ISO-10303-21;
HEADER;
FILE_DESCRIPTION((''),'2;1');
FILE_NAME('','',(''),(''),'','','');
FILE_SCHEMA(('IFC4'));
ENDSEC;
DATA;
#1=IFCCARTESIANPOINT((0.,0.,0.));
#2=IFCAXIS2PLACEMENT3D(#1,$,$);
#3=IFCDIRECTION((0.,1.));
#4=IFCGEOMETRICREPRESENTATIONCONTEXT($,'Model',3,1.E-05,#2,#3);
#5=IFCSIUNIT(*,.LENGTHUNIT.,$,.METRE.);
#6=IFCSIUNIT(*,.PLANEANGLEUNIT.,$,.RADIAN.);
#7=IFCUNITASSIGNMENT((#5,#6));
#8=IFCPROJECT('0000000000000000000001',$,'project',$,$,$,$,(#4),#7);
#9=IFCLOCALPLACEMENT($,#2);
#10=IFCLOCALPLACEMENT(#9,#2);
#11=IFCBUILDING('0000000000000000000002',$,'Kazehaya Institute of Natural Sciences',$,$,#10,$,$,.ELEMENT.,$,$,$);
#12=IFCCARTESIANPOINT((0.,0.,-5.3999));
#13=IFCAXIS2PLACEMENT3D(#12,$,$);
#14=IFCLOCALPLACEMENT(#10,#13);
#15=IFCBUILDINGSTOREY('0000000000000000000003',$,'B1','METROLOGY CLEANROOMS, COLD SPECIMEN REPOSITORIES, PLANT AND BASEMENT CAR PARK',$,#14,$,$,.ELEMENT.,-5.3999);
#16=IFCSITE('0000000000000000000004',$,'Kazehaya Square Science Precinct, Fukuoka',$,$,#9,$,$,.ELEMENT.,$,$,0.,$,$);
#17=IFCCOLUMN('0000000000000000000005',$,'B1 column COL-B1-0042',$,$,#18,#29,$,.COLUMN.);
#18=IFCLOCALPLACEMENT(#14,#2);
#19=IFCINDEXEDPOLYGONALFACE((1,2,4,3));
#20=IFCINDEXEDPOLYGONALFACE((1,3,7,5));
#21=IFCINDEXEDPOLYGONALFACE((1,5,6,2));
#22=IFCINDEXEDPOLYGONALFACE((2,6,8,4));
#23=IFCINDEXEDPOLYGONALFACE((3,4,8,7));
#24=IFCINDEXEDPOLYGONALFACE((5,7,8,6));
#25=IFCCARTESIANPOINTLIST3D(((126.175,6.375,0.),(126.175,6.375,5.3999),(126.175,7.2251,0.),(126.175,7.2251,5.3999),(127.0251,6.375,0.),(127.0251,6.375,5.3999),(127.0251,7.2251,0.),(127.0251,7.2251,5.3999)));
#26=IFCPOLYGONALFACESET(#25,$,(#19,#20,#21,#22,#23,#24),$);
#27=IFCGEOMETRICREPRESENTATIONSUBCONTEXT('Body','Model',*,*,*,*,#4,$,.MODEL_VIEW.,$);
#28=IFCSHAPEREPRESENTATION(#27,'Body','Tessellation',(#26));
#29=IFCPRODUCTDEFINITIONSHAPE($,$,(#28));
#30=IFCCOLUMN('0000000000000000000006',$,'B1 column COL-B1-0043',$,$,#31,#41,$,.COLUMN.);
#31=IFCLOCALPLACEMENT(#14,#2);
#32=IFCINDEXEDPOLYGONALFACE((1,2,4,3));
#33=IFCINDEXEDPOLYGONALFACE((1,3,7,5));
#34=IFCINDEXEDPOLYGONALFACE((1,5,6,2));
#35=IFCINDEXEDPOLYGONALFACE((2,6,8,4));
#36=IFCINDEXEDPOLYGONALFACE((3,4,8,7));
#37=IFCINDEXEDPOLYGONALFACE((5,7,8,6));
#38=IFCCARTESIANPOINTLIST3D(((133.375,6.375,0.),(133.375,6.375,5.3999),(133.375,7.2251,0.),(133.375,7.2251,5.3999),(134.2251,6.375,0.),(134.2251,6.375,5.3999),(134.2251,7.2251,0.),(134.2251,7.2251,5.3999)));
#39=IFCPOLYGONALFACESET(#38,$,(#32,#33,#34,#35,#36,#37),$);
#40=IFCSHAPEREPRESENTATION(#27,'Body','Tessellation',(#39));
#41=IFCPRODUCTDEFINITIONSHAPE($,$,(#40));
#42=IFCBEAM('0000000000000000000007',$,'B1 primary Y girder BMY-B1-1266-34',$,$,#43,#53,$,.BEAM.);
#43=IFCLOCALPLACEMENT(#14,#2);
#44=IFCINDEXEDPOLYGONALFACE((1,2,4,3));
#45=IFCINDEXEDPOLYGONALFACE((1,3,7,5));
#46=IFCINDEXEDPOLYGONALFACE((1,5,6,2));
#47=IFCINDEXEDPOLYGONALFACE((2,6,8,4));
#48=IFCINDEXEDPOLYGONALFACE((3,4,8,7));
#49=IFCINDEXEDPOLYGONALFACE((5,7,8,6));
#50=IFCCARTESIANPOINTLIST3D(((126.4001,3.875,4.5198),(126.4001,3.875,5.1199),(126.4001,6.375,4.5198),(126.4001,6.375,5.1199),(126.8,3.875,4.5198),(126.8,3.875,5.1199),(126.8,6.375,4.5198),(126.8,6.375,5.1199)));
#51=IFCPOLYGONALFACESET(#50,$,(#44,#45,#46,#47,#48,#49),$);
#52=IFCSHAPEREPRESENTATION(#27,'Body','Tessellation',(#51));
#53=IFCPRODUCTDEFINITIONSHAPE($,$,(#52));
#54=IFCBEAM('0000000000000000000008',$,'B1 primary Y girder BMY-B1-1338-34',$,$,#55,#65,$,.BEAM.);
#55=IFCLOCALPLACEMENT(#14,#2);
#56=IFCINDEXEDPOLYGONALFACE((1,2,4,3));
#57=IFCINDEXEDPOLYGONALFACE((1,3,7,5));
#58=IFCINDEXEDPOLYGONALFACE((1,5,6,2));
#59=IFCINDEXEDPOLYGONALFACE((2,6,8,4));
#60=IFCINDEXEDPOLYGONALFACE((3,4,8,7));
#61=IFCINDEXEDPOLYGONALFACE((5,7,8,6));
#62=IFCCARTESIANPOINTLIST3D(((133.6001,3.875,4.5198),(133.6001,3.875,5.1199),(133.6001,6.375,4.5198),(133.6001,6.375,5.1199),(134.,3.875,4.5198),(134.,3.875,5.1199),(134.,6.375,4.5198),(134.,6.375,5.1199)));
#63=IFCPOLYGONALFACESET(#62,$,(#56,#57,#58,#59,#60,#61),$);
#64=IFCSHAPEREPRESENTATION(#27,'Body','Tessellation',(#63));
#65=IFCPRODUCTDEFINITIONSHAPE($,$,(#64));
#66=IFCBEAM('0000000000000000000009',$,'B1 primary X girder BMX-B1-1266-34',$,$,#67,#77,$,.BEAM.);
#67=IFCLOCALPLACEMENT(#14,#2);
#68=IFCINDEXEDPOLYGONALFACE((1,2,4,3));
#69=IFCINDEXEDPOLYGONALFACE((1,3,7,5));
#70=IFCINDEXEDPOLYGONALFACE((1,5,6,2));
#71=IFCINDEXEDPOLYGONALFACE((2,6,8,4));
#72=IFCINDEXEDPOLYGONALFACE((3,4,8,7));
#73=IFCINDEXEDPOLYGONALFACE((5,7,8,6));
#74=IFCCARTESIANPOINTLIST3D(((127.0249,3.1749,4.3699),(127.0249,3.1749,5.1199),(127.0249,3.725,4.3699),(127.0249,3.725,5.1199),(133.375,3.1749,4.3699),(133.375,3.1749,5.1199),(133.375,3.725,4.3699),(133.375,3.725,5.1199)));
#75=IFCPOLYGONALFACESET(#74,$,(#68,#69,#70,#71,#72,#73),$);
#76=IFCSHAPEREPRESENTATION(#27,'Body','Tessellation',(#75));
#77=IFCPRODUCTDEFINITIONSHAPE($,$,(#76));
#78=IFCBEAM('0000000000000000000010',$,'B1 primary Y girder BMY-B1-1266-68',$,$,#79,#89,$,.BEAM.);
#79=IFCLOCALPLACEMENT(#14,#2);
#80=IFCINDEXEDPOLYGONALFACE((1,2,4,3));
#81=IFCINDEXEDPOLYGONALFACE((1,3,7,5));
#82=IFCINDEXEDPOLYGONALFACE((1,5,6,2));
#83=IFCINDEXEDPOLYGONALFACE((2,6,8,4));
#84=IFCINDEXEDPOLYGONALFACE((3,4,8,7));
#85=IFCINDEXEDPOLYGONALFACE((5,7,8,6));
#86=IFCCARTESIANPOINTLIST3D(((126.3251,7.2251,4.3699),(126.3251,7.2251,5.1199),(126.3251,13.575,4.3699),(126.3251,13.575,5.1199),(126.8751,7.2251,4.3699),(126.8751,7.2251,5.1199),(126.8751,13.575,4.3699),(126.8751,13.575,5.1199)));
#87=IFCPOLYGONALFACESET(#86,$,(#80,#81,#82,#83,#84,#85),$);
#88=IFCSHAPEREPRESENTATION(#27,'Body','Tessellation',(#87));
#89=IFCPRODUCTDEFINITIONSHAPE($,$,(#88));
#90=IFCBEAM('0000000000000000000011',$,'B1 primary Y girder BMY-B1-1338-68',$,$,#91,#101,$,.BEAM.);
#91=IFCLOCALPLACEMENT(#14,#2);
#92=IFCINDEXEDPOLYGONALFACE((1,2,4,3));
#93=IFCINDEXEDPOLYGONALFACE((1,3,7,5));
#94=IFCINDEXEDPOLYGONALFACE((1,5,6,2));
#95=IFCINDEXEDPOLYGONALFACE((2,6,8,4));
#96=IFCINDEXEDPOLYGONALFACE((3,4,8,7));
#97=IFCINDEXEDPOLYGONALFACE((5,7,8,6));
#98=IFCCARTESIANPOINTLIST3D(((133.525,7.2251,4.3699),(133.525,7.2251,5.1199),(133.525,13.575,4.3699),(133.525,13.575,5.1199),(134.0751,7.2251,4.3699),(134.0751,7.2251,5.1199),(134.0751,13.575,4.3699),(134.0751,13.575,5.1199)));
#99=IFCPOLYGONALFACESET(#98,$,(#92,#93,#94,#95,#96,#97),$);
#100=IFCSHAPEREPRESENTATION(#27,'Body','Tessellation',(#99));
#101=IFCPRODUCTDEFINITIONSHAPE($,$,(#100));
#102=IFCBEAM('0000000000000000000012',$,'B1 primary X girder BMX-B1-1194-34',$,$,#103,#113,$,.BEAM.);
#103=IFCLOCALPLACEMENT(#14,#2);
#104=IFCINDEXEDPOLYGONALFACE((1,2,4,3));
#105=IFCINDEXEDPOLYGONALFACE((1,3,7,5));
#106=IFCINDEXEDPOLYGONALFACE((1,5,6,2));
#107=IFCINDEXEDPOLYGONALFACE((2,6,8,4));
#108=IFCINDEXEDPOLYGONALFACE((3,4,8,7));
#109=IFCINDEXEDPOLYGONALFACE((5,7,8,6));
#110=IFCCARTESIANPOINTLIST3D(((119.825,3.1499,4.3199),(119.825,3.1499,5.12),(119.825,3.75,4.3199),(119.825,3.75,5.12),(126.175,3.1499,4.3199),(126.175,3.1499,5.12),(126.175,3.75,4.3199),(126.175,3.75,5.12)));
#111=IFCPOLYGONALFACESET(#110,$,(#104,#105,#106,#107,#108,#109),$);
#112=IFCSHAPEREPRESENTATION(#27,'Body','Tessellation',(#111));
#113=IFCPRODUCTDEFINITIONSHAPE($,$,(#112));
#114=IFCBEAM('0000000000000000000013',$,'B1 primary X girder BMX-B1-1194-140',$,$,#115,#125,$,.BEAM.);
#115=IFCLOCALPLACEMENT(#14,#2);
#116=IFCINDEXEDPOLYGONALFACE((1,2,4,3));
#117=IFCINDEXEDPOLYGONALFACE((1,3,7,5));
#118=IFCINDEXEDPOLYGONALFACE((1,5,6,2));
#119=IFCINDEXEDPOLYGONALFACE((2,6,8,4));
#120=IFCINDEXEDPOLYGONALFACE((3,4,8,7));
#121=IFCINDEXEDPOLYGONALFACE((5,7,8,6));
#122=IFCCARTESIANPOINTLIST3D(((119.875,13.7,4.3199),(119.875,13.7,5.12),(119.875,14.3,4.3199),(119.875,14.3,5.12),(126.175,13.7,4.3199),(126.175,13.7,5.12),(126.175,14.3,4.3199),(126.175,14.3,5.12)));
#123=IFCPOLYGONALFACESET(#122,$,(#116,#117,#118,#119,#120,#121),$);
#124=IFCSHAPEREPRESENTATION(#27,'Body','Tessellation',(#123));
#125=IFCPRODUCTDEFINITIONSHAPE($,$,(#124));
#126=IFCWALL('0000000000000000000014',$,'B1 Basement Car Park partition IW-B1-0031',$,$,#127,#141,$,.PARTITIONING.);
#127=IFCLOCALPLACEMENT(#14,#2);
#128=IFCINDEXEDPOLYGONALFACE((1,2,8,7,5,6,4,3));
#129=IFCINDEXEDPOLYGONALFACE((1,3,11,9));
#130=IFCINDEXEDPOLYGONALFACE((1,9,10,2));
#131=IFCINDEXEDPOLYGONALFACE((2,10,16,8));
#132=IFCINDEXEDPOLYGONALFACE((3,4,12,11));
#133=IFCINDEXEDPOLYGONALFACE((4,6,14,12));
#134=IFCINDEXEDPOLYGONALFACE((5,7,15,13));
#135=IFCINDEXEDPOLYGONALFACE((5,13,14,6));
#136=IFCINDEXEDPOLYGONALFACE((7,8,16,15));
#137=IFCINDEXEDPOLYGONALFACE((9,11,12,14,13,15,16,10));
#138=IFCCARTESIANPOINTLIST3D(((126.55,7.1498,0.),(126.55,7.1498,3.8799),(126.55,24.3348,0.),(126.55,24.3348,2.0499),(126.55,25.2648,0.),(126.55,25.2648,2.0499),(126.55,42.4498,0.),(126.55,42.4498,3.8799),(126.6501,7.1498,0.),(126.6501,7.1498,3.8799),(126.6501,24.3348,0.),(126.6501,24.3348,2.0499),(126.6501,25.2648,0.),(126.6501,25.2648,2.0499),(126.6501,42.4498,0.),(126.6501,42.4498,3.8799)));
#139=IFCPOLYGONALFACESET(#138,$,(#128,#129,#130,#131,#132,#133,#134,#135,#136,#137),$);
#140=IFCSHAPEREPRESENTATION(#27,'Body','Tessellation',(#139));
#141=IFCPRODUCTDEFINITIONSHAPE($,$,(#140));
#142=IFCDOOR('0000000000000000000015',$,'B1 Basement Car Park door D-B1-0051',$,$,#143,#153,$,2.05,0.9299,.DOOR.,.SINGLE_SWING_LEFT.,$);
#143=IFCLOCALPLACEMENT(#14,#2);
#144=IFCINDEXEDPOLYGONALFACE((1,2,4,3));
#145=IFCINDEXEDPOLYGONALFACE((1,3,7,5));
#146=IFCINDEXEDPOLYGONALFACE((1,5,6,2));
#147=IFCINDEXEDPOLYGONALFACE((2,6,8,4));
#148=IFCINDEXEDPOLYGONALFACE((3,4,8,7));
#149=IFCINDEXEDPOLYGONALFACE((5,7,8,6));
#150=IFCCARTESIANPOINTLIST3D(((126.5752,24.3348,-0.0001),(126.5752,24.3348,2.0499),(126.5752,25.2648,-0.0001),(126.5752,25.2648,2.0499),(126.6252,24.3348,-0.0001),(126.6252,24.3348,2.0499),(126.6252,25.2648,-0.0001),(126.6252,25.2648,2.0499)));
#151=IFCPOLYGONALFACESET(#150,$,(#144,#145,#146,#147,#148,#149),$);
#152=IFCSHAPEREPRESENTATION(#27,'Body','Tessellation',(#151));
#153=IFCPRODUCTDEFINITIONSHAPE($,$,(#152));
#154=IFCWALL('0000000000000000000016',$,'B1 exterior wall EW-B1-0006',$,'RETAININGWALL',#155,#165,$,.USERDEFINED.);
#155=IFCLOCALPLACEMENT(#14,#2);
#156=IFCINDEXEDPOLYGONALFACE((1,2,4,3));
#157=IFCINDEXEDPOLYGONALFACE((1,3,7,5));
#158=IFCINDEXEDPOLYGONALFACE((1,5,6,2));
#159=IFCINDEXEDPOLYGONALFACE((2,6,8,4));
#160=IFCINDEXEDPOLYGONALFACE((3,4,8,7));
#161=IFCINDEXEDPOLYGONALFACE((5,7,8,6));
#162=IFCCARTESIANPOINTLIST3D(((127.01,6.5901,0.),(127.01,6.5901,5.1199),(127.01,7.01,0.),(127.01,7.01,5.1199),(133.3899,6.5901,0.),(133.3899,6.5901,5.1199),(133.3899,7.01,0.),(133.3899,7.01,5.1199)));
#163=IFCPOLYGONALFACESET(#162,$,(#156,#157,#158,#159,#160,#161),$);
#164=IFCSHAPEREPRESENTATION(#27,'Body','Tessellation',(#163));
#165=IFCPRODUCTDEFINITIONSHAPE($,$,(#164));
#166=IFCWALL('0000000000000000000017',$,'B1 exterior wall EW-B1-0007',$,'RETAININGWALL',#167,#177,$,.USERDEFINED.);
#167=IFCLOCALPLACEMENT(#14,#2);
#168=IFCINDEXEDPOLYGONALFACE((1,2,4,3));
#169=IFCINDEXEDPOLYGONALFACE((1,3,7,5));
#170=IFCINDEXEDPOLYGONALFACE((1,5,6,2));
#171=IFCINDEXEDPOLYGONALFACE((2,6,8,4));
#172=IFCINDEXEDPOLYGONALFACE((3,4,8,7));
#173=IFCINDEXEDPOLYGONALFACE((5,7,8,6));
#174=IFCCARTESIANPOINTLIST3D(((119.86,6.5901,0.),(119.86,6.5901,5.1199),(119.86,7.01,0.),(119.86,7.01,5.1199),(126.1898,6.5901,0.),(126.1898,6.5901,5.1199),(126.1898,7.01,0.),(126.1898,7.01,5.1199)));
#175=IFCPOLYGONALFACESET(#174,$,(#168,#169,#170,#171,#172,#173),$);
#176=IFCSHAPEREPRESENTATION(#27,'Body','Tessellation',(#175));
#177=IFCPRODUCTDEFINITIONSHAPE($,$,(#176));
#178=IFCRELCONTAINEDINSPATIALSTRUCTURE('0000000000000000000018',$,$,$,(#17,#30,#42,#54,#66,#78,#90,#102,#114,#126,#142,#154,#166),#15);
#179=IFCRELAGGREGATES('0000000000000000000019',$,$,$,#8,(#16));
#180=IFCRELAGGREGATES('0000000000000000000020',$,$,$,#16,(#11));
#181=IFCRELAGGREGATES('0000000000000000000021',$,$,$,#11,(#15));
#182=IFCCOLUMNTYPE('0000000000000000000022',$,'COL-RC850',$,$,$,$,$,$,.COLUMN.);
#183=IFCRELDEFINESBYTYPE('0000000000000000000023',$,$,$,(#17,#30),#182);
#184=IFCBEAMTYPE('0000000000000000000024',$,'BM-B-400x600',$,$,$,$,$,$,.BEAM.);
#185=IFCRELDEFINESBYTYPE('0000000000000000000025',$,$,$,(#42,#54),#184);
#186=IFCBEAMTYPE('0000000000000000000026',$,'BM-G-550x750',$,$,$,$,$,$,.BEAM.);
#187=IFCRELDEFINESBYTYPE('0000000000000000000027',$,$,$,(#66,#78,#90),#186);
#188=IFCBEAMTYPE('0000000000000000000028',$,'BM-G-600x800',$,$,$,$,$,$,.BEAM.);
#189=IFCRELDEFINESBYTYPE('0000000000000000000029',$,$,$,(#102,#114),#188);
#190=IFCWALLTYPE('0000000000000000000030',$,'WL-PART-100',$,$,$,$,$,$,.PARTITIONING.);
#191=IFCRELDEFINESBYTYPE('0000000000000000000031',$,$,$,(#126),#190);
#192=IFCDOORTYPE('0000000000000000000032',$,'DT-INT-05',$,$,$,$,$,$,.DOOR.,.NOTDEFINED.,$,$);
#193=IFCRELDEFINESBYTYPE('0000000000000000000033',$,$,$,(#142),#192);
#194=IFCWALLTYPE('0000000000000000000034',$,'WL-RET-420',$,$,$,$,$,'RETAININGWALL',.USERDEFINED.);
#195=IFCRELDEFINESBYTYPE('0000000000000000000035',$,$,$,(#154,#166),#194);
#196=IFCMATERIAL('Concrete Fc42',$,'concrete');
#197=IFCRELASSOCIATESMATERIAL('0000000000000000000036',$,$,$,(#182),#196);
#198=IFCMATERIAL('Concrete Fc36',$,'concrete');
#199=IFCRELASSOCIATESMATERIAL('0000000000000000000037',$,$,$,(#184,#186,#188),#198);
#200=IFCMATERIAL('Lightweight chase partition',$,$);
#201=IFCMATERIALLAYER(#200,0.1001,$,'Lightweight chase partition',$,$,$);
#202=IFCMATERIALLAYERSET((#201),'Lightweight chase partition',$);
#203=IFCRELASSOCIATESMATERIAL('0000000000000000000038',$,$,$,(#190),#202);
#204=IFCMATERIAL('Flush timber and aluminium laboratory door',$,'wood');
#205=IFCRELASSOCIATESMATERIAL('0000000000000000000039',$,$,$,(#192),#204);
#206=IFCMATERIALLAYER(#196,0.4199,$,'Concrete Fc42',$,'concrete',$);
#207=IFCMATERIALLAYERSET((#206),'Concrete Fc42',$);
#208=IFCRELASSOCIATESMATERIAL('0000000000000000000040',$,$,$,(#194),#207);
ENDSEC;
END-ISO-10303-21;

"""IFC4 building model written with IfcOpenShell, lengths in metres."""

from ifc_helpers import new_model, si_unit, direction, frame, frame_2d, origin, origin_2d, place, context, subcontext, project, spatial, rectangle, extrude, material, layer, layer_set, material_profile, profile_set, type_object, element, fill, save


model = new_model("IFC4")

# Units and contexts
model_context = context("Model", 3, precision=1e-05, world=origin(), true_north=direction((0.0, 1.0)))
body_context = subcontext(model_context, "Body", "Model", "MODEL_VIEW")
ifc_project = project(units=[si_unit("LENGTHUNIT", "METRE"), si_unit("PLANEANGLEUNIT", "RADIAN")], contexts=[model_context])

# Site, building, storey
site_placement = place(None, origin())
site = spatial("IfcSite", under=ifc_project, at=site_placement, Name="Kazehaya Square Science Precinct, Fukuoka", CompositionType="ELEMENT", RefElevation=0.0)
building_placement = place(site_placement, origin())
building = spatial("IfcBuilding", under=site, at=building_placement, Name="Kazehaya Institute of Natural Sciences", CompositionType="ELEMENT")
storey_placement = place(building_placement, frame((0.0, 0.0, -5.3999)))
storey = spatial("IfcBuildingStorey", under=building, at=storey_placement, Name="B1", Description="METROLOGY CLEANROOMS, COLD SPECIMEN REPOSITORIES, PLANT AND BASEMENT CAR PARK", CompositionType="ELEMENT", Elevation=-5.3999)

# Shared definitions
ifc_material_1 = material(Name="Concrete Fc36", Category="concrete")

# Columns
ifc_material_2 = material(Name="Concrete Fc42", Category="concrete")
ifc_material_profile_1 = material_profile(ifc_material_2, rectangle(XDim=0.8501, YDim=0.8501, at=origin_2d()), Name="RC-850x850")
ifc_profile_set_1 = profile_set([ifc_material_profile_1], Name="Concrete Fc42")
column_type = type_object("IfcColumnType", Name="COL-RC850", PredefinedType="COLUMN", material=ifc_profile_set_1)
for number, where, z_axis, x_axis, name in (
    (1, (126.6001, 6.8, 0.0), (0.0, 0.0, 1.0), (1.0, 0.0, 0.0), "B1 column COL-B1-0042"),
    (2, (133.8, 6.8, 0.0), (0.0, 0.0, 1.0), (1.0, 0.0, 0.0), "B1 column COL-B1-0043"),
):
    element("IfcColumn", number, at=place(storey_placement, frame(where, z_axis=z_axis, x_axis=x_axis)), inside=storey, type_object=column_type, Name=name, PredefinedType="COLUMN", context=body_context, shape_type="SweptSolid", body=[
        extrude(rectangle(XDim=0.8501, YDim=0.8501, at=origin_2d()), origin(), (0.0, 0.0, 1.0), 5.3999),
    ])

# Beams
ifc_material_profile_2 = material_profile(ifc_material_1, rectangle(XDim=0.3999, YDim=0.6001, at=origin_2d()), Name="RC-400x600")
ifc_profile_set_2 = profile_set([ifc_material_profile_2], Name="Concrete Fc36")
beam_type_1 = type_object("IfcBeamType", Name="BM-B-400x600", PredefinedType="BEAM", material=ifc_profile_set_2)
for number, where, z_axis, x_axis, name in (
    (3, (126.6001, 3.875, 4.8198), (0.0, 1.0, 0.0), (-1.0, 0.0, 0.0), "B1 primary Y girder BMY-B1-1266-34"),
    (4, (133.8, 3.875, 4.8198), (0.0, 1.0, 0.0), (-1.0, 0.0, 0.0), "B1 primary Y girder BMY-B1-1338-34"),
):
    element("IfcBeam", number, at=place(storey_placement, frame(where, z_axis=z_axis, x_axis=x_axis)), inside=storey, type_object=beam_type_1, Name=name, PredefinedType="BEAM", context=body_context, shape_type="SweptSolid", body=[
        extrude(rectangle(XDim=0.3999, YDim=0.6001, at=origin_2d()), origin(), (0.0, 0.0, 1.0), 2.5),
    ])
ifc_material_profile_3 = material_profile(ifc_material_1, rectangle(XDim=0.55, YDim=0.75, at=origin_2d()), Name="RC-550x750")
ifc_profile_set_3 = profile_set([ifc_material_profile_3], Name="Concrete Fc36")
beam_type_2 = type_object("IfcBeamType", Name="BM-G-550x750", PredefinedType="BEAM", material=ifc_profile_set_3)
beam_1_placement = place(storey_placement, frame((127.0249, 3.45, 4.7449), z_axis=(1.0, 0.0, 0.0), x_axis=(0.0, 1.0, 0.0)))
element("IfcBeam", 5, at=beam_1_placement, inside=storey, type_object=beam_type_2, Name="B1 primary X girder BMX-B1-1266-34", PredefinedType="BEAM", context=body_context, shape_type="SweptSolid", body=[
    extrude(rectangle(XDim=0.55, YDim=0.75, at=origin_2d()), origin(), (0.0, 0.0, 1.0), 6.3501),
])
for number, where, z_axis, x_axis, name in (
    (6, (126.6001, 7.2251, 4.7449), (0.0, 1.0, 0.0), (-1.0, 0.0, 0.0), "B1 primary Y girder BMY-B1-1266-68"),
    (7, (133.8, 7.2251, 4.7449), (0.0, 1.0, 0.0), (-1.0, 0.0, 0.0), "B1 primary Y girder BMY-B1-1338-68"),
):
    element("IfcBeam", number, at=place(storey_placement, frame(where, z_axis=z_axis, x_axis=x_axis)), inside=storey, type_object=beam_type_2, Name=name, PredefinedType="BEAM", context=body_context, shape_type="SweptSolid", body=[
        extrude(rectangle(XDim=0.55, YDim=0.75, at=origin_2d()), origin(), (0.0, 0.0, 1.0), 6.3499),
    ])
ifc_material_profile_4 = material_profile(ifc_material_1, rectangle(XDim=0.6001, YDim=0.8, at=origin_2d()), Name="RC-600x800")
ifc_profile_set_4 = profile_set([ifc_material_profile_4], Name="Concrete Fc36")
beam_type_3 = type_object("IfcBeamType", Name="BM-G-600x800", PredefinedType="BEAM", material=ifc_profile_set_4)
beam_2_placement = place(storey_placement, frame((119.825, 3.45, 4.72), z_axis=(1.0, 0.0, 0.0), x_axis=(0.0, 1.0, 0.0)))
element("IfcBeam", 8, at=beam_2_placement, inside=storey, type_object=beam_type_3, Name="B1 primary X girder BMX-B1-1194-34", PredefinedType="BEAM", context=body_context, shape_type="SweptSolid", body=[
    extrude(rectangle(XDim=0.6001, YDim=0.8, at=origin_2d()), origin(), (0.0, 0.0, 1.0), 6.3501),
])
beam_3_placement = place(storey_placement, frame((119.875, 14.0, 4.72), z_axis=(1.0, 0.0, 0.0), x_axis=(0.0, 1.0, 0.0)))
element("IfcBeam", 9, at=beam_3_placement, inside=storey, type_object=beam_type_3, Name="B1 primary X girder BMX-B1-1194-140", PredefinedType="BEAM", context=body_context, shape_type="SweptSolid", body=[
    extrude(rectangle(XDim=0.6001, YDim=0.8, at=origin_2d()), origin(), (0.0, 0.0, 1.0), 6.3),
])

# Wall, opening, door
ifc_material_3 = material(Name="Lightweight chase partition")
ifc_layer_1 = layer(ifc_material_3, 0.1001, Name="Lightweight chase partition")
ifc_layer_set_1 = layer_set([ifc_layer_1], Name="Lightweight chase partition")
wall_type_1 = type_object("IfcWallType", Name="WL-PART-100", PredefinedType="PARTITIONING", material=ifc_layer_set_1)
wall_1_placement = place(storey_placement, frame((126.6001, 7.1499, 0.0), z_axis=(0.0, 0.0, 1.0), x_axis=(0.0, 1.0, 0.0)))
wall_1 = element("IfcWall", 10, at=wall_1_placement, inside=storey, type_object=wall_type_1, Name="B1 Basement Car Park partition IW-B1-0031", PredefinedType="PARTITIONING", context=body_context, shape_type="SweptSolid", body=[
    extrude(rectangle(XDim=35.3, YDim=0.1001, at=frame_2d((17.6499, 0.0))), origin(), (0.0, 0.0, 1.0), 3.8799),
])
opening_placement = place(wall_1_placement, frame((17.1851, 0.0, 0.0)))
opening = element("IfcOpeningElement", 11, at=opening_placement, cuts=wall_1, PredefinedType="OPENING", context=body_context, shape_type="SweptSolid", body=[
    extrude(rectangle(XDim=0.9299, YDim=2.05, at=frame_2d((0.4648, 1.0249))), frame((0.0, 0.0601, 0.0), z_axis=(0.0, -1.0, 0.0), x_axis=(1.0, 0.0, 0.0)), (0.0, 0.0, 1.0), 0.1201),
])
ifc_material_4 = material(Name="Flush timber and aluminium laboratory door", Category="wood")
door_type = type_object("IfcDoorType", Name="DT-INT-05", OperationType="NOTDEFINED", PredefinedType="DOOR", material=ifc_material_4)
door_placement = place(opening_placement, origin())
door = element("IfcDoor", 12, at=door_placement, inside=storey, type_object=door_type, Name="B1 Basement Car Park door D-B1-0051", OperationType="SINGLE_SWING_LEFT", OverallHeight=2.05, OverallWidth=0.9299, PredefinedType="DOOR", context=body_context, shape_type="SweptSolid", body=[
    extrude(rectangle(XDim=0.9299, YDim=2.05, at=frame_2d((0.4648, 1.0249))), frame((0.0, 0.0249, 0.0), z_axis=(0.0, -1.0, 0.0), x_axis=(1.0, 0.0, 0.0)), (0.0, 0.0, 1.0), 0.05),
])
fill(opening, door)

# Walls
ifc_layer_2 = layer(ifc_material_2, 0.4199, Name="Concrete Fc42", Category="concrete")
ifc_layer_set_2 = layer_set([ifc_layer_2], Name="Concrete Fc42")
wall_type_2 = type_object("IfcWallType", Name="WL-RET-420", ElementType="RETAININGWALL", PredefinedType="USERDEFINED", material=ifc_layer_set_2)
wall_2_placement = place(storey_placement, frame((133.3899, 6.8, 0.0), z_axis=(0.0, 0.0, 1.0), x_axis=(-1.0, 0.0, 0.0)))
element("IfcWall", 13, at=wall_2_placement, inside=storey, type_object=wall_type_2, Name="B1 exterior wall EW-B1-0006", ObjectType="RETAININGWALL", PredefinedType="USERDEFINED", context=body_context, shape_type="SweptSolid", body=[
    extrude(rectangle(XDim=6.3799, YDim=0.4199, at=frame_2d((3.1899, 0.0))), origin(), (0.0, 0.0, 1.0), 5.1199),
])
wall_3_placement = place(storey_placement, frame((126.1899, 6.8, 0.0), z_axis=(0.0, 0.0, 1.0), x_axis=(-1.0, 0.0, 0.0)))
element("IfcWall", 14, at=wall_3_placement, inside=storey, type_object=wall_type_2, Name="B1 exterior wall EW-B1-0007", ObjectType="RETAININGWALL", PredefinedType="USERDEFINED", context=body_context, shape_type="SweptSolid", body=[
    extrude(rectangle(XDim=6.3298, YDim=0.4199, at=frame_2d((3.165, 0.0))), origin(), (0.0, 0.0, 1.0), 5.1199),
])

save(model, "model.ifc")
